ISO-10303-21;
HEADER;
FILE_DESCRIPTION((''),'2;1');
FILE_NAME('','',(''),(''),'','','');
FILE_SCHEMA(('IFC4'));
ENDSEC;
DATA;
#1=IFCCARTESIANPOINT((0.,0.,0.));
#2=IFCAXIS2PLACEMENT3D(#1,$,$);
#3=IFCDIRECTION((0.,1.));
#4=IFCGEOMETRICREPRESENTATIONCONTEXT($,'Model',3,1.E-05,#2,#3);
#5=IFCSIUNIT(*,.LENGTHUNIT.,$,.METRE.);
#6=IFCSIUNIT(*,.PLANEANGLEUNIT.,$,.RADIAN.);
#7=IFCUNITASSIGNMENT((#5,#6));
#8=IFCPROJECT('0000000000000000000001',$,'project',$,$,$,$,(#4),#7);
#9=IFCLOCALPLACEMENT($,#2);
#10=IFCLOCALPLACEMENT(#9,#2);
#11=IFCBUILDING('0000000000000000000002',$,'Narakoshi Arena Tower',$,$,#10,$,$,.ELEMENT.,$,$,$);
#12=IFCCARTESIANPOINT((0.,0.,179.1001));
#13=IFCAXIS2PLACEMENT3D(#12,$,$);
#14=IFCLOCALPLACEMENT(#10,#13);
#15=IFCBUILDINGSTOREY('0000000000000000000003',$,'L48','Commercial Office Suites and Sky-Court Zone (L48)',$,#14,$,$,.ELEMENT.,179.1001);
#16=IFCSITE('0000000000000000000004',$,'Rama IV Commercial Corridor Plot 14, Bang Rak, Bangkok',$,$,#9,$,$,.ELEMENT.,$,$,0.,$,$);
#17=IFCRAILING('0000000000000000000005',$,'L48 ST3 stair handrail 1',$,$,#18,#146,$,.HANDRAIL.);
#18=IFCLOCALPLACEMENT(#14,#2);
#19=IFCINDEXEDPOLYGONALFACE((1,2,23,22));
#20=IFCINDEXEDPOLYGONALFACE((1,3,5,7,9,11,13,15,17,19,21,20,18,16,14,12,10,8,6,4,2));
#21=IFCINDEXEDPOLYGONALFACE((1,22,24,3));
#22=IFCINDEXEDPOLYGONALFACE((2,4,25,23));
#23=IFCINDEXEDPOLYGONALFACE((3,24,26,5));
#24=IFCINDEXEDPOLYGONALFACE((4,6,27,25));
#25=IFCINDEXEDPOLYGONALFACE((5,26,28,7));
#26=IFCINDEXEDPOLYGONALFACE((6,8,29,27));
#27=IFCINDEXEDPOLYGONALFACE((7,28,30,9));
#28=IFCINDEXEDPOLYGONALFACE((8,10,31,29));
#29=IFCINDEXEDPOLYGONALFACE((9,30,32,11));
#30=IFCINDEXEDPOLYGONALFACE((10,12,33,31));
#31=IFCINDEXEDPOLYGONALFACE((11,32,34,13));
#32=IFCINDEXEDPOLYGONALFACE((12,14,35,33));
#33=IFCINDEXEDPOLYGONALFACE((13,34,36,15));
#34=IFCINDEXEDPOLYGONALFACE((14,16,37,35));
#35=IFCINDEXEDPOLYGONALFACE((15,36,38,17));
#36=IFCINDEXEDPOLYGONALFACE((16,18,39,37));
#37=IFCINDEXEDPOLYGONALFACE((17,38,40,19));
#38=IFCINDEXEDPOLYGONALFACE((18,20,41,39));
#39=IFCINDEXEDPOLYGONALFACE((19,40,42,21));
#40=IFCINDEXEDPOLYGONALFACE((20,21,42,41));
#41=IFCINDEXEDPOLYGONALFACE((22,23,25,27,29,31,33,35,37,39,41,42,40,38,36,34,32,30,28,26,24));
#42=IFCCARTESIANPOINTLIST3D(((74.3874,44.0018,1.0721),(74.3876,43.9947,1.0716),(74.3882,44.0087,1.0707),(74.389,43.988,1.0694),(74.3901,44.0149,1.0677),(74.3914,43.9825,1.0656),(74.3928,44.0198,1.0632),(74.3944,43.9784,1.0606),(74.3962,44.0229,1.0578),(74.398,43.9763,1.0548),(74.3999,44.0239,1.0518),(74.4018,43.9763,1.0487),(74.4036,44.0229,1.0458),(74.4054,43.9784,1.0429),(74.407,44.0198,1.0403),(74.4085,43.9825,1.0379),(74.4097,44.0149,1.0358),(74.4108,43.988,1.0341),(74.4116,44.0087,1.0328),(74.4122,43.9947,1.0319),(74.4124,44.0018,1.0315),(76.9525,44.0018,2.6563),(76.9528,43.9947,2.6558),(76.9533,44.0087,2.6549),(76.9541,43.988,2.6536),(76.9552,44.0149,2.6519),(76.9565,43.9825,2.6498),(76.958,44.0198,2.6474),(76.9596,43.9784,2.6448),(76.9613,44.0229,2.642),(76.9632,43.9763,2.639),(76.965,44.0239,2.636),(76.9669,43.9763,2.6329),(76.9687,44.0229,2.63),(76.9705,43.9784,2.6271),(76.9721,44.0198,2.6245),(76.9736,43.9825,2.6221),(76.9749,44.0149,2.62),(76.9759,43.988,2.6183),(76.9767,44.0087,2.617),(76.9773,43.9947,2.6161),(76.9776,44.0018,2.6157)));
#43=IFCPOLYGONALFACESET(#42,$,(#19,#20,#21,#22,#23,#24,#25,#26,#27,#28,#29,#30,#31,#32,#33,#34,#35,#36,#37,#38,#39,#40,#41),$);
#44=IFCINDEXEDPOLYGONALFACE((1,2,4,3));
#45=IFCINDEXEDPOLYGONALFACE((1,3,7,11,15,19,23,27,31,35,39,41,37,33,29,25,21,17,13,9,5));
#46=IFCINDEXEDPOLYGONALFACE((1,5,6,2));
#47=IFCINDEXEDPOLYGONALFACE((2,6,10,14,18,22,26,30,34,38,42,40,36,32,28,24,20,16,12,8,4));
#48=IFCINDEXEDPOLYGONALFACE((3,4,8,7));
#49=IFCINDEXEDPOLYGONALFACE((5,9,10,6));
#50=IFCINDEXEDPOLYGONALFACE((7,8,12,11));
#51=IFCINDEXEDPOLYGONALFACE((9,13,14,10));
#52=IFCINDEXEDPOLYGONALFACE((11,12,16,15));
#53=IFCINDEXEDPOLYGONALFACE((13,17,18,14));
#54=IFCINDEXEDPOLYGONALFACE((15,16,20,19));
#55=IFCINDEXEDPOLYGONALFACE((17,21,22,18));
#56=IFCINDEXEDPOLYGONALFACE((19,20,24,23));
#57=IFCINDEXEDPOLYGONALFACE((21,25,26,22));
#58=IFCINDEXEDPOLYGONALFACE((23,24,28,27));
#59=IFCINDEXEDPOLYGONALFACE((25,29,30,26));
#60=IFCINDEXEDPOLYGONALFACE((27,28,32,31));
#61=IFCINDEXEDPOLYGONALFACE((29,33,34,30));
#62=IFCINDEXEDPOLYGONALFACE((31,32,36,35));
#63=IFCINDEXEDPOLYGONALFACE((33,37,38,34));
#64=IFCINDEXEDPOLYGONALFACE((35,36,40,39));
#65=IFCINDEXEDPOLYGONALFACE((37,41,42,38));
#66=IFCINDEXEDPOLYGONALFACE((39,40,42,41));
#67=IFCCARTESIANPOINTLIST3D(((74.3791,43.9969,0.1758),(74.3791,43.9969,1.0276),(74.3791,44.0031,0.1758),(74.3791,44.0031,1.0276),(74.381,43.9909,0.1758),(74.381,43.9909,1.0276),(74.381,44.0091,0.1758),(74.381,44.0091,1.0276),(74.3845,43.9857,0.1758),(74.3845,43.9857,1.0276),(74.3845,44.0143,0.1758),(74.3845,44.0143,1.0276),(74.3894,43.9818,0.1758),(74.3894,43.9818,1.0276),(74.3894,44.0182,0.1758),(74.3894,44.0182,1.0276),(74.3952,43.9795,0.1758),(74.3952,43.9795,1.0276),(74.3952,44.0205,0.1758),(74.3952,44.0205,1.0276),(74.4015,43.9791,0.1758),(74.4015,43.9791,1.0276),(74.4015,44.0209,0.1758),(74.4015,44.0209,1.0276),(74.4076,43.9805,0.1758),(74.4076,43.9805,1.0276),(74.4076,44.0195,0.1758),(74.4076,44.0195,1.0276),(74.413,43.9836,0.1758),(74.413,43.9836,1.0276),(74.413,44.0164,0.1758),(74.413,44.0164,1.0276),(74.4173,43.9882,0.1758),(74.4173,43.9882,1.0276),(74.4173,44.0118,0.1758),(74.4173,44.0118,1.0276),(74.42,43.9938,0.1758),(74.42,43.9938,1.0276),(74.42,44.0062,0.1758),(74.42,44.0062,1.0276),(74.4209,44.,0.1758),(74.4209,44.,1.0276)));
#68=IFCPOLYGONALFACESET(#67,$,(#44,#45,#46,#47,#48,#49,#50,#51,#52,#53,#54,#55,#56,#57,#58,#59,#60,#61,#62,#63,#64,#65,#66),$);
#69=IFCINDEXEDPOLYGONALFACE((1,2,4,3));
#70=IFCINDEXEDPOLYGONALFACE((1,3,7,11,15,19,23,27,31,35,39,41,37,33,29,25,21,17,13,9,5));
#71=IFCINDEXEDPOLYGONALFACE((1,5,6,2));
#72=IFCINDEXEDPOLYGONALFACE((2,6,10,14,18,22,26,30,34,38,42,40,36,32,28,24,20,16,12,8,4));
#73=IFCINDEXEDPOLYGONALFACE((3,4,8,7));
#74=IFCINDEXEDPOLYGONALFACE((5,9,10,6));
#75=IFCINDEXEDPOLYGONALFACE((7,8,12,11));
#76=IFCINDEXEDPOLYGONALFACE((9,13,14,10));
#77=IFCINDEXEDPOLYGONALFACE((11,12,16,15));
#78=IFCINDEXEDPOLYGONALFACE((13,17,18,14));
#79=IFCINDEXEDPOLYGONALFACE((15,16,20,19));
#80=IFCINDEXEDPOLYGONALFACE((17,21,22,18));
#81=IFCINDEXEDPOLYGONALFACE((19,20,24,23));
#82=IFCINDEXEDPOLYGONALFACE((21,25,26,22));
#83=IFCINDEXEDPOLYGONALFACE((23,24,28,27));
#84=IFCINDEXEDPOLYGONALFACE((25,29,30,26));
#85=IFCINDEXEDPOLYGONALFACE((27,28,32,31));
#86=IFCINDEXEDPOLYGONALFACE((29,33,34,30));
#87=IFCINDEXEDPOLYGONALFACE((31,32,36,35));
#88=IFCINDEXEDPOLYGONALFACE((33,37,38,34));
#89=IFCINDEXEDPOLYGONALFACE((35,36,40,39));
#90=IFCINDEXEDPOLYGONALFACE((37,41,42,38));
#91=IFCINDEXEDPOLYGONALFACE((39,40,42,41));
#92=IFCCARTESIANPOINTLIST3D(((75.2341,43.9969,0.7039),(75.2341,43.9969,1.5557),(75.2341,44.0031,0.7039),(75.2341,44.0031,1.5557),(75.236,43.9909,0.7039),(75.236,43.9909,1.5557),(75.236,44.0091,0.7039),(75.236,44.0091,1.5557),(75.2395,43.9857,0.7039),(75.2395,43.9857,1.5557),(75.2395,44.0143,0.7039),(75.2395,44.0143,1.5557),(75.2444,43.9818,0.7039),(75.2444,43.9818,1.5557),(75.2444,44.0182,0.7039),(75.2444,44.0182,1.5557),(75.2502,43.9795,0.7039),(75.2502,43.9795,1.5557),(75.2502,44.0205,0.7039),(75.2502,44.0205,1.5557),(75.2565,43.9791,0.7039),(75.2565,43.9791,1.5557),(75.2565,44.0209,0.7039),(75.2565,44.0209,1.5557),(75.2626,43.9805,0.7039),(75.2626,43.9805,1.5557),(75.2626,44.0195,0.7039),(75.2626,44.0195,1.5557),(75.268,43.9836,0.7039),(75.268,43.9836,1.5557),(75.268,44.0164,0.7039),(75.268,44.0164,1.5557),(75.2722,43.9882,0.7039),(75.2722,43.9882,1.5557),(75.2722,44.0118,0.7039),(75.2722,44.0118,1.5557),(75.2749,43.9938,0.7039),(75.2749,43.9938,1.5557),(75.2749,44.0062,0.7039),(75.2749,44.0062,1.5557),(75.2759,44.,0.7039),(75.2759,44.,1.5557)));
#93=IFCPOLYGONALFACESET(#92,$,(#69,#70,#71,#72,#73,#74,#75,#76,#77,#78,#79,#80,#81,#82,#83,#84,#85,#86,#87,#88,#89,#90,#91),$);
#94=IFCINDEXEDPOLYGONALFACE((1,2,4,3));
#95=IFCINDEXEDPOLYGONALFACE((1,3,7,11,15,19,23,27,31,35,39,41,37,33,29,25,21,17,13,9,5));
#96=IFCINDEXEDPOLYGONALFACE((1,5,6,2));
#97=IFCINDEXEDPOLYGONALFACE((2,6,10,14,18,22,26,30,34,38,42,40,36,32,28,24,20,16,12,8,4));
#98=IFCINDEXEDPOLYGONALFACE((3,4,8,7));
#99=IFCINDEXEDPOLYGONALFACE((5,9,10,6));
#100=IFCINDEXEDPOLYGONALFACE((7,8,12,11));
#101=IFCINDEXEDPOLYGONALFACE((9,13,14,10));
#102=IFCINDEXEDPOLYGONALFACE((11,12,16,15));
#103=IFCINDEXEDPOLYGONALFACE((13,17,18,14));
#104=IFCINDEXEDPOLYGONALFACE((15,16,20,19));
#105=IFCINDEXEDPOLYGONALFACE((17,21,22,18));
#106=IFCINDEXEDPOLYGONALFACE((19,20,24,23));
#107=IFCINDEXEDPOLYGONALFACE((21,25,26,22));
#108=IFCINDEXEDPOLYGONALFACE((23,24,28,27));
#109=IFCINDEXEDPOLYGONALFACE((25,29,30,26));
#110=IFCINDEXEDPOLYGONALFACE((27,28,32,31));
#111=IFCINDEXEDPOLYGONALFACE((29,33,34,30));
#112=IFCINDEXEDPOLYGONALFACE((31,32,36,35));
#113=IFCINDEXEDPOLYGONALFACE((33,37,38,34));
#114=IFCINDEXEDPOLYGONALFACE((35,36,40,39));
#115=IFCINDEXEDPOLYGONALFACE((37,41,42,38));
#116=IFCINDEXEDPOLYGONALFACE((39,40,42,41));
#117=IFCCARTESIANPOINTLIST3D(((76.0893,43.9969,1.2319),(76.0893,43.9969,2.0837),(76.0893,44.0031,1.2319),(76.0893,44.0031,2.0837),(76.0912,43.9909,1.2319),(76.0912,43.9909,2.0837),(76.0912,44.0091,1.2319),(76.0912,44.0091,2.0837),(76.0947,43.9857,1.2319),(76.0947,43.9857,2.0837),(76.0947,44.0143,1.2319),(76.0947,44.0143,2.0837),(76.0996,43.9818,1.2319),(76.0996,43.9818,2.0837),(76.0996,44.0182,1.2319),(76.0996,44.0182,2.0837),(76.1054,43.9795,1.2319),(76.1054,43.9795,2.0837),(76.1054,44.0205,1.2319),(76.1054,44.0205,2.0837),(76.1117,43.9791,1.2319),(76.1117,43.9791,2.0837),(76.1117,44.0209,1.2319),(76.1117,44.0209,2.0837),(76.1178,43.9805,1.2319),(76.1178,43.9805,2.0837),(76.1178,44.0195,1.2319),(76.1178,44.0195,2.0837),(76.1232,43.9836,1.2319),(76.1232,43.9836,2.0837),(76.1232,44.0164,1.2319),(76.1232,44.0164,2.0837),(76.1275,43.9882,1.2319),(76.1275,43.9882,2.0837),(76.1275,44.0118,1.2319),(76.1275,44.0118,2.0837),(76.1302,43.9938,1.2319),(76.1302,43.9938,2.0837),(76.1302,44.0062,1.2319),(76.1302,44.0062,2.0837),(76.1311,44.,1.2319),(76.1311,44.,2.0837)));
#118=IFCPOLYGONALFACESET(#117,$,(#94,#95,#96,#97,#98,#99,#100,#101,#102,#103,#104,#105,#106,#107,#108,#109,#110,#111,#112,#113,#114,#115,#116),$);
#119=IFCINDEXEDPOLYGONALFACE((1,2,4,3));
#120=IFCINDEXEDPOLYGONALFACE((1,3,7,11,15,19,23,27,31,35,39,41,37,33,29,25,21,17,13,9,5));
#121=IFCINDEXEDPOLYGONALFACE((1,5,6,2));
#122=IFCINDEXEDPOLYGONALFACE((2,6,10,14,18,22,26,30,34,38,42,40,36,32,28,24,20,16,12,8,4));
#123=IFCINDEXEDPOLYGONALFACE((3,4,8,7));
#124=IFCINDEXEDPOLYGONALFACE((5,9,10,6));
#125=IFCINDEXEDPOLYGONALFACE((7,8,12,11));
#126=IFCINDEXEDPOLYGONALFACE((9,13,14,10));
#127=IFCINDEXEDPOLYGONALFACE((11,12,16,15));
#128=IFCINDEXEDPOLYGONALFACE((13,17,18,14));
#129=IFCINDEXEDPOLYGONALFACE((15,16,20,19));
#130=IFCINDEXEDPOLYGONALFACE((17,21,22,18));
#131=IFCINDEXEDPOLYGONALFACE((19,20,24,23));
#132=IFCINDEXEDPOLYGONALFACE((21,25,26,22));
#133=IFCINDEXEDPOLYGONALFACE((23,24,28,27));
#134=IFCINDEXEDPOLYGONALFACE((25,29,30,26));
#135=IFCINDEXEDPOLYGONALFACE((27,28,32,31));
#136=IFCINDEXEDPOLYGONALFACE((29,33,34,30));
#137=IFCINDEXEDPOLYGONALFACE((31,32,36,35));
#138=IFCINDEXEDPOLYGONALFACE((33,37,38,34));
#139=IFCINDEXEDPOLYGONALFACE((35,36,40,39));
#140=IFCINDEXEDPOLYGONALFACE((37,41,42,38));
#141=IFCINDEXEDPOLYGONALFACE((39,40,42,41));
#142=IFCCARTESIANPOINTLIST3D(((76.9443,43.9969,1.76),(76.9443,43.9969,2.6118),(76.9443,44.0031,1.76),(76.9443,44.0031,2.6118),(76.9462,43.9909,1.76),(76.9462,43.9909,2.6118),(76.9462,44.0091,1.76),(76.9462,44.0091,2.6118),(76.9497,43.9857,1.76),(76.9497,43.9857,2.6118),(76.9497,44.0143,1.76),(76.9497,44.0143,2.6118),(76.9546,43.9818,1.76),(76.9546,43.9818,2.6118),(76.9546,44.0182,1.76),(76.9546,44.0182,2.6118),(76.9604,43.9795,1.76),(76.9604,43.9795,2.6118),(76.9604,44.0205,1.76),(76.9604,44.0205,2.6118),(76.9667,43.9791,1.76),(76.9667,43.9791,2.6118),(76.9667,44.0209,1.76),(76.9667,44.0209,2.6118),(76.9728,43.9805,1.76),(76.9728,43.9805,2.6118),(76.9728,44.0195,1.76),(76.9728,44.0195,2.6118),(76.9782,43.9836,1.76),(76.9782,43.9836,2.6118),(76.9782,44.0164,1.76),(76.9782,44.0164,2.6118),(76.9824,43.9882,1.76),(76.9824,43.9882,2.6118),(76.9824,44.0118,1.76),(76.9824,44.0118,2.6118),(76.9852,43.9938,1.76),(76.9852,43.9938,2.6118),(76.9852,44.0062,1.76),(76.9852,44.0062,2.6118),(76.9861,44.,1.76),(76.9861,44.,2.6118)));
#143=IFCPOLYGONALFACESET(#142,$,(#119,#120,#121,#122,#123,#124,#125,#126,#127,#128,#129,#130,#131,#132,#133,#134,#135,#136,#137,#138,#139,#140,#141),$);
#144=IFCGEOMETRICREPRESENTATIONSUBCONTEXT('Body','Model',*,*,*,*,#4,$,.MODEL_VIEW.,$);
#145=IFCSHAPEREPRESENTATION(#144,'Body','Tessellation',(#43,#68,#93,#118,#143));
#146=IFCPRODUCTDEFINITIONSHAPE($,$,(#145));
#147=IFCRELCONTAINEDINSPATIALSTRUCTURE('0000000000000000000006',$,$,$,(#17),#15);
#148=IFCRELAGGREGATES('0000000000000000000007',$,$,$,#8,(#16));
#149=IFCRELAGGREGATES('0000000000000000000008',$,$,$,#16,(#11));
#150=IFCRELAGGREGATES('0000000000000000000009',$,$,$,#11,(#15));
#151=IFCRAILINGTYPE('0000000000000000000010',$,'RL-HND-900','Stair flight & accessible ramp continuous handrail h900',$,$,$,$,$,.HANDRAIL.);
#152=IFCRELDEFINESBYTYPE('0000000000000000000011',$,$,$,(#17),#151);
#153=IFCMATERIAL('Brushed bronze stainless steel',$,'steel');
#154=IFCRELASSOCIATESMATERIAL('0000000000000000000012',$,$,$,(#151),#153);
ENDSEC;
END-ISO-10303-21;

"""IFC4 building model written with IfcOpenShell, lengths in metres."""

from ifc_helpers import new_model, si_unit, direction, frame, origin, origin_2d, place, context, subcontext, project, spatial, circle, extrude, material, type_object, element, save


model = new_model("IFC4")

# Units and contexts
model_context = context("Model", 3, precision=1e-05, world=origin(), true_north=direction((0.0, 1.0)))
body_context = subcontext(model_context, "Body", "Model", "MODEL_VIEW")
ifc_project = project(units=[si_unit("LENGTHUNIT", "METRE"), si_unit("PLANEANGLEUNIT", "RADIAN")], contexts=[model_context])

# Site, building, storey
site_placement = place(None, origin())
site = spatial("IfcSite", under=ifc_project, at=site_placement, Name="Rama IV Commercial Corridor Plot 14, Bang Rak, Bangkok", CompositionType="ELEMENT", RefElevation=0.0)
building_placement = place(site_placement, origin())
building = spatial("IfcBuilding", under=site, at=building_placement, Name="Narakoshi Arena Tower", CompositionType="ELEMENT")
storey_placement = place(building_placement, frame((0.0, 0.0, 179.1001)))
storey = spatial("IfcBuildingStorey", under=building, at=storey_placement, Name="L48", Description="Commercial Office Suites and Sky-Court Zone (L48)", CompositionType="ELEMENT", Elevation=179.1001)

# Railing
ifc_material_1 = material(Name="Brushed bronze stainless steel", Category="steel")
railing_type_1 = type_object("IfcRailingType", Name="RL-HND-900", Description="Stair flight & accessible ramp continuous handrail h900", PredefinedType="HANDRAIL", material=ifc_material_1)
railing_1_placement = place(storey_placement, frame((74.3999, 44.0, 0.1758)))
element("IfcRailing", 1, at=railing_1_placement, inside=storey, type_object=railing_type_1, Name="L48 ST3 stair handrail 1", PredefinedType="HANDRAIL", context=body_context, shape_type="SweptSolid", body=[
    extrude(circle(Radius=0.0239, at=origin_2d()), frame((0.0, 0.0, 0.876), z_axis=(0.85082, 0.0, 0.525457), x_axis=(0.0, 1.0, 0.0)), (0.0, 0.0, 1.0), 3.0149),
    extrude(circle(Radius=0.021, at=origin_2d()), origin(), (0.0, 0.0, 1.0), 0.8518),
    extrude(circle(Radius=0.021, at=origin_2d()), frame((0.855, 0.0, 0.5281)), (0.0, 0.0, 1.0), 0.8518),
    extrude(circle(Radius=0.021, at=origin_2d()), frame((1.7102, 0.0, 1.0562)), (0.0, 0.0, 1.0), 0.8518),
    extrude(circle(Radius=0.021, at=origin_2d()), frame((2.5652, 0.0, 1.5842)), (0.0, 0.0, 1.0), 0.8518),
])

save(model, "model.ifc")
